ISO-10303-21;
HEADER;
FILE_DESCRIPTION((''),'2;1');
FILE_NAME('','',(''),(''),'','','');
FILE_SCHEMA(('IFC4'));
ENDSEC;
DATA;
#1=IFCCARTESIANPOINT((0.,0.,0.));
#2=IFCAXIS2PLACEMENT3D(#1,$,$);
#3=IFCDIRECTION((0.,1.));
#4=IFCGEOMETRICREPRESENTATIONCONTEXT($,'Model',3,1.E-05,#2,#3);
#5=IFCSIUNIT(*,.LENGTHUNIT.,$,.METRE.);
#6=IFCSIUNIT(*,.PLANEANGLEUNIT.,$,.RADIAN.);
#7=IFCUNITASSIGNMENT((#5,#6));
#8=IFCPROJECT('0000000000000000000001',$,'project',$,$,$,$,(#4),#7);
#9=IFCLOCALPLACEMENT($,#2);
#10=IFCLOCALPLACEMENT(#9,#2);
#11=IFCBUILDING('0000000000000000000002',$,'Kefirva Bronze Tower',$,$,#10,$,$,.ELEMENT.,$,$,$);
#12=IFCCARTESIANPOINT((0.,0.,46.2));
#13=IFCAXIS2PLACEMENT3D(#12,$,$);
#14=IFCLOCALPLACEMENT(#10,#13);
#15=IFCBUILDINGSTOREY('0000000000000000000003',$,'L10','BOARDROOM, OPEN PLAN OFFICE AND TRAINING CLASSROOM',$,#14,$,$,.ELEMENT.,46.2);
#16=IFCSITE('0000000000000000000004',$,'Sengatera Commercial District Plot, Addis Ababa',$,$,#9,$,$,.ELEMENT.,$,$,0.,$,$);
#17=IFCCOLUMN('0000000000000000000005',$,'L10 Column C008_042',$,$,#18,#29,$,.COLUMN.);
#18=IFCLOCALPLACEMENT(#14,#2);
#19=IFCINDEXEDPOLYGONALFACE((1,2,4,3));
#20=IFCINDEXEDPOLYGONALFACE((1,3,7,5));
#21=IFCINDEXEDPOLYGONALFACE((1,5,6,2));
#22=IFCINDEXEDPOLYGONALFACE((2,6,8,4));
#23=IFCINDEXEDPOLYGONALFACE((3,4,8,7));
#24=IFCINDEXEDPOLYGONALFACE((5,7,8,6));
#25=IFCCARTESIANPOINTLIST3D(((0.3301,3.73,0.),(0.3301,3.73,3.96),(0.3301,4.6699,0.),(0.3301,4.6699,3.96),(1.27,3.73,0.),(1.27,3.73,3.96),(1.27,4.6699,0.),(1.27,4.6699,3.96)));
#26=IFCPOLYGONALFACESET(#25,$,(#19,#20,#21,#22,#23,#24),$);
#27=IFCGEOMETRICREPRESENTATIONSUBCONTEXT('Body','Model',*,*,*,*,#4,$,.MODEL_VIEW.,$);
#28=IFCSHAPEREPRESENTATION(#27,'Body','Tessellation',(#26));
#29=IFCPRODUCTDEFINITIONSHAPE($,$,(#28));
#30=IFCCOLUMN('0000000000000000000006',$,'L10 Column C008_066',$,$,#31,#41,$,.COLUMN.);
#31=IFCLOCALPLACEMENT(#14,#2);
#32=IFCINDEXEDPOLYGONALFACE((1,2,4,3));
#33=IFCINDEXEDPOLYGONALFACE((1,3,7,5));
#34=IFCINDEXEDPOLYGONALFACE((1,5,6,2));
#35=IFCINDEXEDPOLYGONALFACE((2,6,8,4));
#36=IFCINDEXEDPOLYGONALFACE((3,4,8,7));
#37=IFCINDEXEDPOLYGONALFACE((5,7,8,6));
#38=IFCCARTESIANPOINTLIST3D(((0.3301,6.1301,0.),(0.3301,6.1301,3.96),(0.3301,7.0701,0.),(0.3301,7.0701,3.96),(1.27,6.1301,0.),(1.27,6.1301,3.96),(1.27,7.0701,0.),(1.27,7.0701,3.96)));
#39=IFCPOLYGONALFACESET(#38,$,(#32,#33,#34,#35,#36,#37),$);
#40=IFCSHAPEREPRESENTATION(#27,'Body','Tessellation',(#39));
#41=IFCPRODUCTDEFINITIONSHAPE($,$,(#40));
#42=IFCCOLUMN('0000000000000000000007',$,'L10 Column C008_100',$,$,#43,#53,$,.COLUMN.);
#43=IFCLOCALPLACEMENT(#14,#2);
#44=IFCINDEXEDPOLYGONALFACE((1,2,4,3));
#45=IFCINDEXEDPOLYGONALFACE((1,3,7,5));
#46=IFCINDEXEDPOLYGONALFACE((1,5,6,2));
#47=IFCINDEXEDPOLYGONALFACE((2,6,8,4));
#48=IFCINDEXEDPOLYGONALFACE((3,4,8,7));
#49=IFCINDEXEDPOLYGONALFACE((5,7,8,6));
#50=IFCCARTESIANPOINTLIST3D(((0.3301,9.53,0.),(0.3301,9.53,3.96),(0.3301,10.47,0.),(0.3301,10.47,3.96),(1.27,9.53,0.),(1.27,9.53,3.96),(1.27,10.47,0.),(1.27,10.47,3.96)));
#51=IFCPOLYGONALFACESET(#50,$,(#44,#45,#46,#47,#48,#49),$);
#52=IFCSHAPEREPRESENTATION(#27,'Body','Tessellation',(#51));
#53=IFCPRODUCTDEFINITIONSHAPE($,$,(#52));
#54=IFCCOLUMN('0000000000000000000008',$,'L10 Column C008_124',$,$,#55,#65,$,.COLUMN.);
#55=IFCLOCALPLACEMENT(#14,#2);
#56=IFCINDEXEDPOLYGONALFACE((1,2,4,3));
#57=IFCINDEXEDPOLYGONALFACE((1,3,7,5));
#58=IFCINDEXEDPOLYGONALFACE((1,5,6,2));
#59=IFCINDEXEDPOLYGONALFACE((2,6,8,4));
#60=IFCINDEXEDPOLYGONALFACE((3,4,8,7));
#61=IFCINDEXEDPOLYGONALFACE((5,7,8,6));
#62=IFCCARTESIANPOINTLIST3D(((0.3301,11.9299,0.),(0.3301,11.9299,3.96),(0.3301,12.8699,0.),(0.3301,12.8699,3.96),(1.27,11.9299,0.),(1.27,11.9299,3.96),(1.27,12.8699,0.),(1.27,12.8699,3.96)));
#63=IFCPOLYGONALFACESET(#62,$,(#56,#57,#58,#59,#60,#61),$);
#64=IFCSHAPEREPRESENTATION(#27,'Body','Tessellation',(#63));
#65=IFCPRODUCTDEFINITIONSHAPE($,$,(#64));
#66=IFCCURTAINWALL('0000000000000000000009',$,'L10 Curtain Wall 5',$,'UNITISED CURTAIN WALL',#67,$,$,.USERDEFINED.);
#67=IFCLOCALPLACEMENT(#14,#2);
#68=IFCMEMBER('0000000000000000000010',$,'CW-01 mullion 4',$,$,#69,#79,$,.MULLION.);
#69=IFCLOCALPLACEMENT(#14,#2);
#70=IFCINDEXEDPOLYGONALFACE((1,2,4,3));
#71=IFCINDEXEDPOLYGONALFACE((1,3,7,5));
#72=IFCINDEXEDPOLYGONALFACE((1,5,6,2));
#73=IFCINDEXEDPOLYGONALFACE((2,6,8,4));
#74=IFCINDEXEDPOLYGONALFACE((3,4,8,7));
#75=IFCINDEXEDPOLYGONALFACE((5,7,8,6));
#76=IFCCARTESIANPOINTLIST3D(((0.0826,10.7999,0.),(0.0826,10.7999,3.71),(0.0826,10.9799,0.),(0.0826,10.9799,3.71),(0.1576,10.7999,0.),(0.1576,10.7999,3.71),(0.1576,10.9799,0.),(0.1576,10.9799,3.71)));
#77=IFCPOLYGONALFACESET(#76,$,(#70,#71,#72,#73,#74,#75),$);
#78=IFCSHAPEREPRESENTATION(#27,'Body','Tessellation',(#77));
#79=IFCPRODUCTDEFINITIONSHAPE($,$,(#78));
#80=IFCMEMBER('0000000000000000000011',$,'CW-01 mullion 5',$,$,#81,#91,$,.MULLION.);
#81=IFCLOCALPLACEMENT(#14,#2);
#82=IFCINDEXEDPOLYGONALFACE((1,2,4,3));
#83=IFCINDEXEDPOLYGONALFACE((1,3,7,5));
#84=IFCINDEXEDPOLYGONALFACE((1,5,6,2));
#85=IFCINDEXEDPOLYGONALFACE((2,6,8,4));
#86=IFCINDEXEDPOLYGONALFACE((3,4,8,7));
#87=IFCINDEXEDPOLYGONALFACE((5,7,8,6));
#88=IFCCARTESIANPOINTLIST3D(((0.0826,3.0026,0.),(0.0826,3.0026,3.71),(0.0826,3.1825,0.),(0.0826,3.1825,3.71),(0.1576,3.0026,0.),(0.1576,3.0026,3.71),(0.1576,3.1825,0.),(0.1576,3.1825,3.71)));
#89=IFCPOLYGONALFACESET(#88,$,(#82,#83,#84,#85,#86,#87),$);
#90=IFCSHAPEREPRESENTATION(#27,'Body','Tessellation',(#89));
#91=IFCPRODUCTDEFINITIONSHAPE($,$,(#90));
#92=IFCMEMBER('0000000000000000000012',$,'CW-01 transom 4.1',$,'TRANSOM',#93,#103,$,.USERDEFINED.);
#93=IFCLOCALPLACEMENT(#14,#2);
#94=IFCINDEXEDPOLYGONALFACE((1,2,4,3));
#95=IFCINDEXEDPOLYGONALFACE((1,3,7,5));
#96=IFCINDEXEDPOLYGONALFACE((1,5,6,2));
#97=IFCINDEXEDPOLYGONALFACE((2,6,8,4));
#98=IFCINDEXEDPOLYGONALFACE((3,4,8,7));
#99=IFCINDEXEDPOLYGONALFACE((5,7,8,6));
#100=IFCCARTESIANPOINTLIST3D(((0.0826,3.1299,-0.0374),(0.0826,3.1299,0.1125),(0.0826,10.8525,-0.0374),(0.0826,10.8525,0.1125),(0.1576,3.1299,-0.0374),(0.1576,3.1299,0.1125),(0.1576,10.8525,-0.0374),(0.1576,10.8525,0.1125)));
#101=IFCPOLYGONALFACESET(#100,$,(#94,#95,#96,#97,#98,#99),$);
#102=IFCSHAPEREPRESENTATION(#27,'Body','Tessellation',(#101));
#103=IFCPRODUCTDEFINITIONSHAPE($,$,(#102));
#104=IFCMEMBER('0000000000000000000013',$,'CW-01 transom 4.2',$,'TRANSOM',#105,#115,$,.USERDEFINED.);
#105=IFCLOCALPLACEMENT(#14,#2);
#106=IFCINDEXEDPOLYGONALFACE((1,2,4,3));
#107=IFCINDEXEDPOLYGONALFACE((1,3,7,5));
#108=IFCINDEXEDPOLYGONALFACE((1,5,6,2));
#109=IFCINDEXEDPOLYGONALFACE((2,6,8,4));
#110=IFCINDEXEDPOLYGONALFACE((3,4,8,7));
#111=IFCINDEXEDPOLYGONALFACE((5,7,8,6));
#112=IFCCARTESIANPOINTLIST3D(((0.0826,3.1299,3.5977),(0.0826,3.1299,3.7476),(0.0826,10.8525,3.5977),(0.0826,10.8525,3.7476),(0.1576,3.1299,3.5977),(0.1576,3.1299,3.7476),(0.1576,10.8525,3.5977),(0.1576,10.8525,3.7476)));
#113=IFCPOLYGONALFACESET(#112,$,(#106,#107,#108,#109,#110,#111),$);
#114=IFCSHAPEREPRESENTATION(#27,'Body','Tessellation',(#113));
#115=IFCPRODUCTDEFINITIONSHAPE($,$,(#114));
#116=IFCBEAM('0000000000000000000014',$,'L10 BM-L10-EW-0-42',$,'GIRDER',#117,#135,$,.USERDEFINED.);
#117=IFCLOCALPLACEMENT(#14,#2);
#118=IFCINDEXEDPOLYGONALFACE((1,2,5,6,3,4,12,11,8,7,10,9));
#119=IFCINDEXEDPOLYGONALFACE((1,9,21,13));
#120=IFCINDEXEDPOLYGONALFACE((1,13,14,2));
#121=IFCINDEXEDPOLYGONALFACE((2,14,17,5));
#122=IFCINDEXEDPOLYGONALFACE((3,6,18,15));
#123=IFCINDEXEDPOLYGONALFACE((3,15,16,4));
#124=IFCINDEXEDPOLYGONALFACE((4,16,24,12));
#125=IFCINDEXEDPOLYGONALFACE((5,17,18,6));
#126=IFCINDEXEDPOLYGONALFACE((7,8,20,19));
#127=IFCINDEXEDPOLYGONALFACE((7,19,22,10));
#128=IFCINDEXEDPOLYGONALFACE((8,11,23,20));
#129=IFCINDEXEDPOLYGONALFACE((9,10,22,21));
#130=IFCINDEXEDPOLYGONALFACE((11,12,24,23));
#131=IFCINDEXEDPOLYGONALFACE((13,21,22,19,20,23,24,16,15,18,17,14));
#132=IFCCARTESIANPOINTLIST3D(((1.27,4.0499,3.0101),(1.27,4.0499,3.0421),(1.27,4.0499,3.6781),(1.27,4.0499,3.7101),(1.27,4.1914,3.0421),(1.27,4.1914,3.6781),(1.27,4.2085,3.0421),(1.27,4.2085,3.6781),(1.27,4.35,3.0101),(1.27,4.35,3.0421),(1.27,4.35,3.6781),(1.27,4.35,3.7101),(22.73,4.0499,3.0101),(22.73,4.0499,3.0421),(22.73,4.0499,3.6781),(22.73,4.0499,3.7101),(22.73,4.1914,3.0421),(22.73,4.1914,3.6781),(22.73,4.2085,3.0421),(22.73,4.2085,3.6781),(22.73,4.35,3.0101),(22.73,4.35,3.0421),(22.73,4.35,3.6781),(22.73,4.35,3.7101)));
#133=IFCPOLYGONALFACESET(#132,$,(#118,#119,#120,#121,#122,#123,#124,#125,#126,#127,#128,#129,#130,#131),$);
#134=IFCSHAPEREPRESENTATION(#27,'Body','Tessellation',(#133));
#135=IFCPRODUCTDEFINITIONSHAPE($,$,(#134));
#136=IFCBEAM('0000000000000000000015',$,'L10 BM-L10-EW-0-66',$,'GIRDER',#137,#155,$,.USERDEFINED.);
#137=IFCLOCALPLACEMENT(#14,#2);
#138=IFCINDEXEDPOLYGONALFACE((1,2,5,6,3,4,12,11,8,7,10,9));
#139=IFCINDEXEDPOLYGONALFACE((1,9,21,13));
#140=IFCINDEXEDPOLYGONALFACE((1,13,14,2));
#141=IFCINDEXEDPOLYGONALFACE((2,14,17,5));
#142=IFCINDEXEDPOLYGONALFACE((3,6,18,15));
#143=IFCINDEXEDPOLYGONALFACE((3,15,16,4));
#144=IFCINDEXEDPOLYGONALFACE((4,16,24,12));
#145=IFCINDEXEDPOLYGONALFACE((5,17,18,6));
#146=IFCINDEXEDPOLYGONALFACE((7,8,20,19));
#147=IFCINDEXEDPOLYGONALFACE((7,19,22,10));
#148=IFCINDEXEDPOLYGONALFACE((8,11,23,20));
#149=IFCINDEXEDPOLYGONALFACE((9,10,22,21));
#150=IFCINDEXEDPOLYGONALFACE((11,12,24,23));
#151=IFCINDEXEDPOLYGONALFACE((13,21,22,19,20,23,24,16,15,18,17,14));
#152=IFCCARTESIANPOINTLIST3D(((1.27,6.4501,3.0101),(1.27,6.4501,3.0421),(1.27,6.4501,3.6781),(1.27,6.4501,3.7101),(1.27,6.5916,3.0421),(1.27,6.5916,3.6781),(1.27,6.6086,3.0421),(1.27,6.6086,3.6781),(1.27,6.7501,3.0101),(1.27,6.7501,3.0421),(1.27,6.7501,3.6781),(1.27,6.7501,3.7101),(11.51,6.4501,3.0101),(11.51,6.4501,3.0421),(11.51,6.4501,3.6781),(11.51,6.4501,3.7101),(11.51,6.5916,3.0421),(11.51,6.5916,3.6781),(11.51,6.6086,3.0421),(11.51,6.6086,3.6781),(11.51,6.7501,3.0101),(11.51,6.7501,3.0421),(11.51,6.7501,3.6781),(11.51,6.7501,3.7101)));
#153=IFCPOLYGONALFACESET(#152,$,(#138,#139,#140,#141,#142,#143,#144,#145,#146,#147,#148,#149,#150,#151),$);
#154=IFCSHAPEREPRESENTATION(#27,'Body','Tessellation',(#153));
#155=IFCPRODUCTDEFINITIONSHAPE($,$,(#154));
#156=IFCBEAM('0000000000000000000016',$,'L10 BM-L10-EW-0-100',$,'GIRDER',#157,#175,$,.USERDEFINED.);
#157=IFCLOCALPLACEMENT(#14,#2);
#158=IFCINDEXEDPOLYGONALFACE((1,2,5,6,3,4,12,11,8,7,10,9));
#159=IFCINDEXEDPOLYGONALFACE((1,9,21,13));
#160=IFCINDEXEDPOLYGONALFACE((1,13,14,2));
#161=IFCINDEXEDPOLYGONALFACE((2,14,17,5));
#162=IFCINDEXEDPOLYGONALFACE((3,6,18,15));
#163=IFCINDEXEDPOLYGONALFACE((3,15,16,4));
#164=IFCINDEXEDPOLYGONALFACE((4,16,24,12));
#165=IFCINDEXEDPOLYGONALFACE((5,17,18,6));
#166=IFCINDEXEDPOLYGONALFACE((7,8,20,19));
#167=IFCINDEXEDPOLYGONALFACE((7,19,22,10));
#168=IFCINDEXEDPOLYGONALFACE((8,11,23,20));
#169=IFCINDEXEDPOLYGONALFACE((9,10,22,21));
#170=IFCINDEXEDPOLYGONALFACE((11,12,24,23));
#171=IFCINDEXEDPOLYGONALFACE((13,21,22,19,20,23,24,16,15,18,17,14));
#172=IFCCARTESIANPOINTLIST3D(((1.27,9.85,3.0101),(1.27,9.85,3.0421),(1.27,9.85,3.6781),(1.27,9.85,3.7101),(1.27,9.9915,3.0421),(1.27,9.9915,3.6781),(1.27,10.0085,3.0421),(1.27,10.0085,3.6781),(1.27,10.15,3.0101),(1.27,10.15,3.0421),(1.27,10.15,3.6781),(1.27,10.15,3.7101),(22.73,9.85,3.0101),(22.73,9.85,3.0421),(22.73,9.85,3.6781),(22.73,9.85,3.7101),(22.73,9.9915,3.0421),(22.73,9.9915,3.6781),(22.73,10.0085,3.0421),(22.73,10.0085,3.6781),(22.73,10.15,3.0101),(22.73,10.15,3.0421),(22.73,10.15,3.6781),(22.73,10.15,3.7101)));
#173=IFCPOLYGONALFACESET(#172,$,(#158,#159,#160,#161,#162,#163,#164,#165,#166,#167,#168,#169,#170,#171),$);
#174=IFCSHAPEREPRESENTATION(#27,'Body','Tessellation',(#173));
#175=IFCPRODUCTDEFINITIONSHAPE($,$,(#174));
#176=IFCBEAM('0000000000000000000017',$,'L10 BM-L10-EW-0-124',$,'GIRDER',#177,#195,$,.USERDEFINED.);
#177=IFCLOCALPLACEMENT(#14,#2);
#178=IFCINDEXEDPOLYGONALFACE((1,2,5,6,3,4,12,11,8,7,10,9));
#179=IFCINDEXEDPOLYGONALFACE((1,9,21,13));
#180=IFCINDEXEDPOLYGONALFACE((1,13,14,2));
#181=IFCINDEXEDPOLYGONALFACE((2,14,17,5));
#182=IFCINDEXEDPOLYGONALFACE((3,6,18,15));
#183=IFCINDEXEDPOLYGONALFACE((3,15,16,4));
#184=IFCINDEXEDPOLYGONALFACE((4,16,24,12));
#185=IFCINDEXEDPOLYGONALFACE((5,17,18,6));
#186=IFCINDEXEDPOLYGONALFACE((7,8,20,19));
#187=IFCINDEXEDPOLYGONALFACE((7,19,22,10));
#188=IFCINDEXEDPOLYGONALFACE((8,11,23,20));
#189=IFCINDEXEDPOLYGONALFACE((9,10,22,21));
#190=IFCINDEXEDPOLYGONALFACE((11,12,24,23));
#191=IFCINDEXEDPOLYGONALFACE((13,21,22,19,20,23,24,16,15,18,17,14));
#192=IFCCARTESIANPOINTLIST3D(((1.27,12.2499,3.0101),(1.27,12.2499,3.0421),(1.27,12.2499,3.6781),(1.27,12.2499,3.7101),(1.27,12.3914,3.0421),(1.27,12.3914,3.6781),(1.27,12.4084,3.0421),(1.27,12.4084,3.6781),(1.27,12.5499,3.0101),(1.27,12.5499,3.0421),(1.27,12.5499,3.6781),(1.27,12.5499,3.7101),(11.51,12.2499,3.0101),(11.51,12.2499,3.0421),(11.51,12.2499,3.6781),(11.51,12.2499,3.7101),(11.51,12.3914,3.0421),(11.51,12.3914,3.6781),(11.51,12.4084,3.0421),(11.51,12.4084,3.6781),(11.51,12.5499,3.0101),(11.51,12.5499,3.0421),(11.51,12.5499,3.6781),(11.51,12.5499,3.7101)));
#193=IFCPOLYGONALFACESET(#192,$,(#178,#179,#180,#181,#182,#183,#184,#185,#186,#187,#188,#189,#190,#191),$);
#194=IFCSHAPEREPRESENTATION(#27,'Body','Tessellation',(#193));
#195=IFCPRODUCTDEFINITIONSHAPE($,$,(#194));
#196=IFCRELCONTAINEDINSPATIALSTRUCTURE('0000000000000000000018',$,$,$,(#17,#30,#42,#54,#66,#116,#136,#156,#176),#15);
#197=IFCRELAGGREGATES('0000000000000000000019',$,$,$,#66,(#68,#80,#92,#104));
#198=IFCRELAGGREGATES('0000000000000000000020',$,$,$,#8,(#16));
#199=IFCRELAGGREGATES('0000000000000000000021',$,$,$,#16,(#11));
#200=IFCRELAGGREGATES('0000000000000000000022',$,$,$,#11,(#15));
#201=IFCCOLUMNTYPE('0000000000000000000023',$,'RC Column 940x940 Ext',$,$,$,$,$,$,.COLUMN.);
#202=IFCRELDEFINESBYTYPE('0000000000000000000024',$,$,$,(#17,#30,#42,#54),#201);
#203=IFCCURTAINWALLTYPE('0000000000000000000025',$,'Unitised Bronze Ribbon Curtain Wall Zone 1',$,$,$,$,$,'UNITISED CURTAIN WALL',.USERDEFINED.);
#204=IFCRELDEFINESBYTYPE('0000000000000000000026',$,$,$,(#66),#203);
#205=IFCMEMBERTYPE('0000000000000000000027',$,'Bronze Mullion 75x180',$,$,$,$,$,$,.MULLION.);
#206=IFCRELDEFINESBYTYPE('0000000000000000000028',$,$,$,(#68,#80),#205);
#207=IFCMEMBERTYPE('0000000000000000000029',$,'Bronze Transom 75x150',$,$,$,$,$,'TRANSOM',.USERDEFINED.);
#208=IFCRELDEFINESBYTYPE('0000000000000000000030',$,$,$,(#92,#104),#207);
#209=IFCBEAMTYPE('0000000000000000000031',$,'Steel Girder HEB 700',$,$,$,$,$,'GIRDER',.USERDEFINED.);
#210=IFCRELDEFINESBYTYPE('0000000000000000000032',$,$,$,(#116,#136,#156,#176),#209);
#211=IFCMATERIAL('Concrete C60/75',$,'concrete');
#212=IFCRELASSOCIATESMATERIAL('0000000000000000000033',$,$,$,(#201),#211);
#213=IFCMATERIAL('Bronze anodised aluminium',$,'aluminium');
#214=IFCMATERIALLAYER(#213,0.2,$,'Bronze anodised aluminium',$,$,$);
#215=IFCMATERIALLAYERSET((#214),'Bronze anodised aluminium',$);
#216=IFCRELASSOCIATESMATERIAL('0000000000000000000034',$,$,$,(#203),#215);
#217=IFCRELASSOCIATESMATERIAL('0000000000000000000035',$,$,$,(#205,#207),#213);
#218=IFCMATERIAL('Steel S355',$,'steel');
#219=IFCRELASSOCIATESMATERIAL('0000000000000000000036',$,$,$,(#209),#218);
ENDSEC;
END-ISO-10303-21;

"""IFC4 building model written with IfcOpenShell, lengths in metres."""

from ifc_helpers import new_model, si_unit, direction, frame, origin, origin_2d, place, context, subcontext, project, spatial, rectangle, i_section, extrude, material, layer, layer_set, material_profile, profile_set, type_object, element, aggregate, save


model = new_model("IFC4")

# Units and contexts
model_context = context("Model", 3, precision=1e-05, world=origin(), true_north=direction((0.0, 1.0)))
body_context = subcontext(model_context, "Body", "Model", "MODEL_VIEW")
ifc_project = project(units=[si_unit("LENGTHUNIT", "METRE"), si_unit("PLANEANGLEUNIT", "RADIAN")], contexts=[model_context])

# Site, building, storey
site_placement = place(None, origin())
site = spatial("IfcSite", under=ifc_project, at=site_placement, Name="Sengatera Commercial District Plot, Addis Ababa", CompositionType="ELEMENT", RefElevation=0.0)
building_placement = place(site_placement, origin())
building = spatial("IfcBuilding", under=site, at=building_placement, Name="Kefirva Bronze Tower", CompositionType="ELEMENT")
storey_placement = place(building_placement, frame((0.0, 0.0, 46.2)))
storey = spatial("IfcBuildingStorey", under=building, at=storey_placement, Name="L10", Description="BOARDROOM, OPEN PLAN OFFICE AND TRAINING CLASSROOM", CompositionType="ELEMENT", Elevation=46.2)

# Columns
ifc_material_1 = material(Name="Concrete C60/75", Category="concrete")
ifc_material_profile_1 = material_profile(ifc_material_1, rectangle(XDim=0.9399, YDim=0.9399, at=origin_2d()), Name="RC 940x940")
ifc_profile_set_1 = profile_set([ifc_material_profile_1], Name="Concrete C60/75")
column_type = type_object("IfcColumnType", Name="RC Column 940x940 Ext", PredefinedType="COLUMN", material=ifc_profile_set_1)
for number, where, z_axis, x_axis, name in (
    (1, (0.8, 4.2, 0.0), (0.0, 0.0, 1.0), (1.0, 0.0, 0.0), "L10 Column C008_042"),
    (2, (0.8, 6.6001, 0.0), (0.0, 0.0, 1.0), (1.0, 0.0, 0.0), "L10 Column C008_066"),
    (3, (0.8, 10.0, 0.0), (0.0, 0.0, 1.0), (1.0, 0.0, 0.0), "L10 Column C008_100"),
    (4, (0.8, 12.3999, 0.0), (0.0, 0.0, 1.0), (1.0, 0.0, 0.0), "L10 Column C008_124"),
):
    element("IfcColumn", number, at=place(storey_placement, frame(where, z_axis=z_axis, x_axis=x_axis)), inside=storey, type_object=column_type, Name=name, PredefinedType="COLUMN", context=body_context, shape_type="SweptSolid", body=[
        extrude(rectangle(XDim=0.9399, YDim=0.9399, at=origin_2d()), origin(), (0.0, 0.0, 1.0), 3.96),
    ])

# Curtain wall, members
ifc_material_2 = material(Name="Bronze anodised aluminium", Category="aluminium")
ifc_layer_1 = layer(ifc_material_2, 0.2, Name="Bronze anodised aluminium")
ifc_layer_set_1 = layer_set([ifc_layer_1], Name="Bronze anodised aluminium")
curtain_wall_type = type_object("IfcCurtainWallType", Name="Unitised Bronze Ribbon Curtain Wall Zone 1", ElementType="UNITISED CURTAIN WALL", PredefinedType="USERDEFINED", material=ifc_layer_set_1)
curtain_wall_placement = place(storey_placement, origin())
curtain_wall = element("IfcCurtainWall", 5, at=curtain_wall_placement, inside=storey, type_object=curtain_wall_type, Name="L10 Curtain Wall 5", ObjectType="UNITISED CURTAIN WALL", PredefinedType="USERDEFINED")
ifc_material_profile_2 = material_profile(ifc_material_2, rectangle(XDim=0.075, YDim=0.1799, at=origin_2d()), Name="ALU 75x180")
ifc_profile_set_2 = profile_set([ifc_material_profile_2], Name="Bronze anodised aluminium")
member_type_1 = type_object("IfcMemberType", Name="Bronze Mullion 75x180", PredefinedType="MULLION", material=ifc_profile_set_2)
member_1_placement = place(storey_placement, frame((0.1201, 10.8899, 0.0), z_axis=(0.0, 0.0, 1.0), x_axis=(1.0, 0.0, 0.0)))
member_1 = element("IfcMember", 6, at=member_1_placement, type_object=member_type_1, Name="CW-01 mullion 4", PredefinedType="MULLION", context=body_context, shape_type="SweptSolid", body=[
    extrude(rectangle(XDim=0.075, YDim=0.1799, at=origin_2d()), origin(), (0.0, 0.0, 1.0), 3.71),
])
member_2_placement = place(storey_placement, frame((0.1201, 3.0925, 0.0), z_axis=(0.0, 0.0, 1.0), x_axis=(1.0, 0.0, 0.0)))
member_2 = element("IfcMember", 7, at=member_2_placement, type_object=member_type_1, Name="CW-01 mullion 5", PredefinedType="MULLION", context=body_context, shape_type="SweptSolid", body=[
    extrude(rectangle(XDim=0.075, YDim=0.1799, at=origin_2d()), origin(), (0.0, 0.0, 1.0), 3.71),
])
ifc_material_profile_3 = material_profile(ifc_material_2, rectangle(XDim=0.075, YDim=0.1499, at=origin_2d()), Name="ALU 75x150")
ifc_profile_set_3 = profile_set([ifc_material_profile_3], Name="Bronze anodised aluminium")
member_type_2 = type_object("IfcMemberType", Name="Bronze Transom 75x150", ElementType="TRANSOM", PredefinedType="USERDEFINED", material=ifc_profile_set_3)
member_3_placement = place(storey_placement, frame((0.1201, 10.8525, 0.0376), z_axis=(0.0, -1.0, 0.0), x_axis=(1.0, 0.0, 0.0)))
member_3 = element("IfcMember", 8, at=member_3_placement, type_object=member_type_2, Name="CW-01 transom 4.1", ObjectType="TRANSOM", PredefinedType="USERDEFINED", context=body_context, shape_type="SweptSolid", body=[
    extrude(rectangle(XDim=0.075, YDim=0.1499, at=origin_2d()), origin(), (0.0, 0.0, 1.0), 7.7227),
])
member_4_placement = place(storey_placement, frame((0.1201, 10.8525, 3.6726), z_axis=(0.0, -1.0, 0.0), x_axis=(1.0, 0.0, 0.0)))
member_4 = element("IfcMember", 9, at=member_4_placement, type_object=member_type_2, Name="CW-01 transom 4.2", ObjectType="TRANSOM", PredefinedType="USERDEFINED", context=body_context, shape_type="SweptSolid", body=[
    extrude(rectangle(XDim=0.075, YDim=0.1499, at=origin_2d()), origin(), (0.0, 0.0, 1.0), 7.7227),
])

# Beams
ifc_material_3 = material(Name="Steel S355", Category="steel")
ifc_material_profile_4 = material_profile(ifc_material_3, i_section(OverallWidth=0.3, OverallDepth=0.7, WebThickness=0.0171, FlangeThickness=0.032, at=origin_2d()), Name="HEB 700")
ifc_profile_set_4 = profile_set([ifc_material_profile_4], Name="Steel S355")
beam_type_1 = type_object("IfcBeamType", Name="Steel Girder HEB 700", ElementType="GIRDER", PredefinedType="USERDEFINED", material=ifc_profile_set_4)
beam_1_placement = place(storey_placement, frame((1.27, 4.2, 3.3601), z_axis=(1.0, 0.0, 0.0), x_axis=(0.0, 1.0, 0.0)))
element("IfcBeam", 10, at=beam_1_placement, inside=storey, type_object=beam_type_1, Name="L10 BM-L10-EW-0-42", ObjectType="GIRDER", PredefinedType="USERDEFINED", context=body_context, shape_type="SweptSolid", body=[
    extrude(i_section(OverallWidth=0.3, OverallDepth=0.7, WebThickness=0.0171, FlangeThickness=0.032, at=origin_2d()), origin(), (0.0, 0.0, 1.0), 21.46),
])
beam_2_placement = place(storey_placement, frame((1.27, 6.6001, 3.3601), z_axis=(1.0, 0.0, 0.0), x_axis=(0.0, 1.0, 0.0)))
element("IfcBeam", 11, at=beam_2_placement, inside=storey, type_object=beam_type_1, Name="L10 BM-L10-EW-0-66", ObjectType="GIRDER", PredefinedType="USERDEFINED", context=body_context, shape_type="SweptSolid", body=[
    extrude(i_section(OverallWidth=0.3, OverallDepth=0.7, WebThickness=0.0171, FlangeThickness=0.032, at=origin_2d()), origin(), (0.0, 0.0, 1.0), 10.24),
])
beam_3_placement = place(storey_placement, frame((1.27, 10.0, 3.3601), z_axis=(1.0, 0.0, 0.0), x_axis=(0.0, 1.0, 0.0)))
element("IfcBeam", 12, at=beam_3_placement, inside=storey, type_object=beam_type_1, Name="L10 BM-L10-EW-0-100", ObjectType="GIRDER", PredefinedType="USERDEFINED", context=body_context, shape_type="SweptSolid", body=[
    extrude(i_section(OverallWidth=0.3, OverallDepth=0.7, WebThickness=0.0171, FlangeThickness=0.032, at=origin_2d()), origin(), (0.0, 0.0, 1.0), 21.46),
])
beam_4_placement = place(storey_placement, frame((1.27, 12.3999, 3.3601), z_axis=(1.0, 0.0, 0.0), x_axis=(0.0, 1.0, 0.0)))
element("IfcBeam", 13, at=beam_4_placement, inside=storey, type_object=beam_type_1, Name="L10 BM-L10-EW-0-124", ObjectType="GIRDER", PredefinedType="USERDEFINED", context=body_context, shape_type="SweptSolid", body=[
    extrude(i_section(OverallWidth=0.3, OverallDepth=0.7, WebThickness=0.0171, FlangeThickness=0.032, at=origin_2d()), origin(), (0.0, 0.0, 1.0), 10.24),
])

aggregate(curtain_wall, [member_1, member_2, member_3, member_4])

save(model, "model.ifc")
